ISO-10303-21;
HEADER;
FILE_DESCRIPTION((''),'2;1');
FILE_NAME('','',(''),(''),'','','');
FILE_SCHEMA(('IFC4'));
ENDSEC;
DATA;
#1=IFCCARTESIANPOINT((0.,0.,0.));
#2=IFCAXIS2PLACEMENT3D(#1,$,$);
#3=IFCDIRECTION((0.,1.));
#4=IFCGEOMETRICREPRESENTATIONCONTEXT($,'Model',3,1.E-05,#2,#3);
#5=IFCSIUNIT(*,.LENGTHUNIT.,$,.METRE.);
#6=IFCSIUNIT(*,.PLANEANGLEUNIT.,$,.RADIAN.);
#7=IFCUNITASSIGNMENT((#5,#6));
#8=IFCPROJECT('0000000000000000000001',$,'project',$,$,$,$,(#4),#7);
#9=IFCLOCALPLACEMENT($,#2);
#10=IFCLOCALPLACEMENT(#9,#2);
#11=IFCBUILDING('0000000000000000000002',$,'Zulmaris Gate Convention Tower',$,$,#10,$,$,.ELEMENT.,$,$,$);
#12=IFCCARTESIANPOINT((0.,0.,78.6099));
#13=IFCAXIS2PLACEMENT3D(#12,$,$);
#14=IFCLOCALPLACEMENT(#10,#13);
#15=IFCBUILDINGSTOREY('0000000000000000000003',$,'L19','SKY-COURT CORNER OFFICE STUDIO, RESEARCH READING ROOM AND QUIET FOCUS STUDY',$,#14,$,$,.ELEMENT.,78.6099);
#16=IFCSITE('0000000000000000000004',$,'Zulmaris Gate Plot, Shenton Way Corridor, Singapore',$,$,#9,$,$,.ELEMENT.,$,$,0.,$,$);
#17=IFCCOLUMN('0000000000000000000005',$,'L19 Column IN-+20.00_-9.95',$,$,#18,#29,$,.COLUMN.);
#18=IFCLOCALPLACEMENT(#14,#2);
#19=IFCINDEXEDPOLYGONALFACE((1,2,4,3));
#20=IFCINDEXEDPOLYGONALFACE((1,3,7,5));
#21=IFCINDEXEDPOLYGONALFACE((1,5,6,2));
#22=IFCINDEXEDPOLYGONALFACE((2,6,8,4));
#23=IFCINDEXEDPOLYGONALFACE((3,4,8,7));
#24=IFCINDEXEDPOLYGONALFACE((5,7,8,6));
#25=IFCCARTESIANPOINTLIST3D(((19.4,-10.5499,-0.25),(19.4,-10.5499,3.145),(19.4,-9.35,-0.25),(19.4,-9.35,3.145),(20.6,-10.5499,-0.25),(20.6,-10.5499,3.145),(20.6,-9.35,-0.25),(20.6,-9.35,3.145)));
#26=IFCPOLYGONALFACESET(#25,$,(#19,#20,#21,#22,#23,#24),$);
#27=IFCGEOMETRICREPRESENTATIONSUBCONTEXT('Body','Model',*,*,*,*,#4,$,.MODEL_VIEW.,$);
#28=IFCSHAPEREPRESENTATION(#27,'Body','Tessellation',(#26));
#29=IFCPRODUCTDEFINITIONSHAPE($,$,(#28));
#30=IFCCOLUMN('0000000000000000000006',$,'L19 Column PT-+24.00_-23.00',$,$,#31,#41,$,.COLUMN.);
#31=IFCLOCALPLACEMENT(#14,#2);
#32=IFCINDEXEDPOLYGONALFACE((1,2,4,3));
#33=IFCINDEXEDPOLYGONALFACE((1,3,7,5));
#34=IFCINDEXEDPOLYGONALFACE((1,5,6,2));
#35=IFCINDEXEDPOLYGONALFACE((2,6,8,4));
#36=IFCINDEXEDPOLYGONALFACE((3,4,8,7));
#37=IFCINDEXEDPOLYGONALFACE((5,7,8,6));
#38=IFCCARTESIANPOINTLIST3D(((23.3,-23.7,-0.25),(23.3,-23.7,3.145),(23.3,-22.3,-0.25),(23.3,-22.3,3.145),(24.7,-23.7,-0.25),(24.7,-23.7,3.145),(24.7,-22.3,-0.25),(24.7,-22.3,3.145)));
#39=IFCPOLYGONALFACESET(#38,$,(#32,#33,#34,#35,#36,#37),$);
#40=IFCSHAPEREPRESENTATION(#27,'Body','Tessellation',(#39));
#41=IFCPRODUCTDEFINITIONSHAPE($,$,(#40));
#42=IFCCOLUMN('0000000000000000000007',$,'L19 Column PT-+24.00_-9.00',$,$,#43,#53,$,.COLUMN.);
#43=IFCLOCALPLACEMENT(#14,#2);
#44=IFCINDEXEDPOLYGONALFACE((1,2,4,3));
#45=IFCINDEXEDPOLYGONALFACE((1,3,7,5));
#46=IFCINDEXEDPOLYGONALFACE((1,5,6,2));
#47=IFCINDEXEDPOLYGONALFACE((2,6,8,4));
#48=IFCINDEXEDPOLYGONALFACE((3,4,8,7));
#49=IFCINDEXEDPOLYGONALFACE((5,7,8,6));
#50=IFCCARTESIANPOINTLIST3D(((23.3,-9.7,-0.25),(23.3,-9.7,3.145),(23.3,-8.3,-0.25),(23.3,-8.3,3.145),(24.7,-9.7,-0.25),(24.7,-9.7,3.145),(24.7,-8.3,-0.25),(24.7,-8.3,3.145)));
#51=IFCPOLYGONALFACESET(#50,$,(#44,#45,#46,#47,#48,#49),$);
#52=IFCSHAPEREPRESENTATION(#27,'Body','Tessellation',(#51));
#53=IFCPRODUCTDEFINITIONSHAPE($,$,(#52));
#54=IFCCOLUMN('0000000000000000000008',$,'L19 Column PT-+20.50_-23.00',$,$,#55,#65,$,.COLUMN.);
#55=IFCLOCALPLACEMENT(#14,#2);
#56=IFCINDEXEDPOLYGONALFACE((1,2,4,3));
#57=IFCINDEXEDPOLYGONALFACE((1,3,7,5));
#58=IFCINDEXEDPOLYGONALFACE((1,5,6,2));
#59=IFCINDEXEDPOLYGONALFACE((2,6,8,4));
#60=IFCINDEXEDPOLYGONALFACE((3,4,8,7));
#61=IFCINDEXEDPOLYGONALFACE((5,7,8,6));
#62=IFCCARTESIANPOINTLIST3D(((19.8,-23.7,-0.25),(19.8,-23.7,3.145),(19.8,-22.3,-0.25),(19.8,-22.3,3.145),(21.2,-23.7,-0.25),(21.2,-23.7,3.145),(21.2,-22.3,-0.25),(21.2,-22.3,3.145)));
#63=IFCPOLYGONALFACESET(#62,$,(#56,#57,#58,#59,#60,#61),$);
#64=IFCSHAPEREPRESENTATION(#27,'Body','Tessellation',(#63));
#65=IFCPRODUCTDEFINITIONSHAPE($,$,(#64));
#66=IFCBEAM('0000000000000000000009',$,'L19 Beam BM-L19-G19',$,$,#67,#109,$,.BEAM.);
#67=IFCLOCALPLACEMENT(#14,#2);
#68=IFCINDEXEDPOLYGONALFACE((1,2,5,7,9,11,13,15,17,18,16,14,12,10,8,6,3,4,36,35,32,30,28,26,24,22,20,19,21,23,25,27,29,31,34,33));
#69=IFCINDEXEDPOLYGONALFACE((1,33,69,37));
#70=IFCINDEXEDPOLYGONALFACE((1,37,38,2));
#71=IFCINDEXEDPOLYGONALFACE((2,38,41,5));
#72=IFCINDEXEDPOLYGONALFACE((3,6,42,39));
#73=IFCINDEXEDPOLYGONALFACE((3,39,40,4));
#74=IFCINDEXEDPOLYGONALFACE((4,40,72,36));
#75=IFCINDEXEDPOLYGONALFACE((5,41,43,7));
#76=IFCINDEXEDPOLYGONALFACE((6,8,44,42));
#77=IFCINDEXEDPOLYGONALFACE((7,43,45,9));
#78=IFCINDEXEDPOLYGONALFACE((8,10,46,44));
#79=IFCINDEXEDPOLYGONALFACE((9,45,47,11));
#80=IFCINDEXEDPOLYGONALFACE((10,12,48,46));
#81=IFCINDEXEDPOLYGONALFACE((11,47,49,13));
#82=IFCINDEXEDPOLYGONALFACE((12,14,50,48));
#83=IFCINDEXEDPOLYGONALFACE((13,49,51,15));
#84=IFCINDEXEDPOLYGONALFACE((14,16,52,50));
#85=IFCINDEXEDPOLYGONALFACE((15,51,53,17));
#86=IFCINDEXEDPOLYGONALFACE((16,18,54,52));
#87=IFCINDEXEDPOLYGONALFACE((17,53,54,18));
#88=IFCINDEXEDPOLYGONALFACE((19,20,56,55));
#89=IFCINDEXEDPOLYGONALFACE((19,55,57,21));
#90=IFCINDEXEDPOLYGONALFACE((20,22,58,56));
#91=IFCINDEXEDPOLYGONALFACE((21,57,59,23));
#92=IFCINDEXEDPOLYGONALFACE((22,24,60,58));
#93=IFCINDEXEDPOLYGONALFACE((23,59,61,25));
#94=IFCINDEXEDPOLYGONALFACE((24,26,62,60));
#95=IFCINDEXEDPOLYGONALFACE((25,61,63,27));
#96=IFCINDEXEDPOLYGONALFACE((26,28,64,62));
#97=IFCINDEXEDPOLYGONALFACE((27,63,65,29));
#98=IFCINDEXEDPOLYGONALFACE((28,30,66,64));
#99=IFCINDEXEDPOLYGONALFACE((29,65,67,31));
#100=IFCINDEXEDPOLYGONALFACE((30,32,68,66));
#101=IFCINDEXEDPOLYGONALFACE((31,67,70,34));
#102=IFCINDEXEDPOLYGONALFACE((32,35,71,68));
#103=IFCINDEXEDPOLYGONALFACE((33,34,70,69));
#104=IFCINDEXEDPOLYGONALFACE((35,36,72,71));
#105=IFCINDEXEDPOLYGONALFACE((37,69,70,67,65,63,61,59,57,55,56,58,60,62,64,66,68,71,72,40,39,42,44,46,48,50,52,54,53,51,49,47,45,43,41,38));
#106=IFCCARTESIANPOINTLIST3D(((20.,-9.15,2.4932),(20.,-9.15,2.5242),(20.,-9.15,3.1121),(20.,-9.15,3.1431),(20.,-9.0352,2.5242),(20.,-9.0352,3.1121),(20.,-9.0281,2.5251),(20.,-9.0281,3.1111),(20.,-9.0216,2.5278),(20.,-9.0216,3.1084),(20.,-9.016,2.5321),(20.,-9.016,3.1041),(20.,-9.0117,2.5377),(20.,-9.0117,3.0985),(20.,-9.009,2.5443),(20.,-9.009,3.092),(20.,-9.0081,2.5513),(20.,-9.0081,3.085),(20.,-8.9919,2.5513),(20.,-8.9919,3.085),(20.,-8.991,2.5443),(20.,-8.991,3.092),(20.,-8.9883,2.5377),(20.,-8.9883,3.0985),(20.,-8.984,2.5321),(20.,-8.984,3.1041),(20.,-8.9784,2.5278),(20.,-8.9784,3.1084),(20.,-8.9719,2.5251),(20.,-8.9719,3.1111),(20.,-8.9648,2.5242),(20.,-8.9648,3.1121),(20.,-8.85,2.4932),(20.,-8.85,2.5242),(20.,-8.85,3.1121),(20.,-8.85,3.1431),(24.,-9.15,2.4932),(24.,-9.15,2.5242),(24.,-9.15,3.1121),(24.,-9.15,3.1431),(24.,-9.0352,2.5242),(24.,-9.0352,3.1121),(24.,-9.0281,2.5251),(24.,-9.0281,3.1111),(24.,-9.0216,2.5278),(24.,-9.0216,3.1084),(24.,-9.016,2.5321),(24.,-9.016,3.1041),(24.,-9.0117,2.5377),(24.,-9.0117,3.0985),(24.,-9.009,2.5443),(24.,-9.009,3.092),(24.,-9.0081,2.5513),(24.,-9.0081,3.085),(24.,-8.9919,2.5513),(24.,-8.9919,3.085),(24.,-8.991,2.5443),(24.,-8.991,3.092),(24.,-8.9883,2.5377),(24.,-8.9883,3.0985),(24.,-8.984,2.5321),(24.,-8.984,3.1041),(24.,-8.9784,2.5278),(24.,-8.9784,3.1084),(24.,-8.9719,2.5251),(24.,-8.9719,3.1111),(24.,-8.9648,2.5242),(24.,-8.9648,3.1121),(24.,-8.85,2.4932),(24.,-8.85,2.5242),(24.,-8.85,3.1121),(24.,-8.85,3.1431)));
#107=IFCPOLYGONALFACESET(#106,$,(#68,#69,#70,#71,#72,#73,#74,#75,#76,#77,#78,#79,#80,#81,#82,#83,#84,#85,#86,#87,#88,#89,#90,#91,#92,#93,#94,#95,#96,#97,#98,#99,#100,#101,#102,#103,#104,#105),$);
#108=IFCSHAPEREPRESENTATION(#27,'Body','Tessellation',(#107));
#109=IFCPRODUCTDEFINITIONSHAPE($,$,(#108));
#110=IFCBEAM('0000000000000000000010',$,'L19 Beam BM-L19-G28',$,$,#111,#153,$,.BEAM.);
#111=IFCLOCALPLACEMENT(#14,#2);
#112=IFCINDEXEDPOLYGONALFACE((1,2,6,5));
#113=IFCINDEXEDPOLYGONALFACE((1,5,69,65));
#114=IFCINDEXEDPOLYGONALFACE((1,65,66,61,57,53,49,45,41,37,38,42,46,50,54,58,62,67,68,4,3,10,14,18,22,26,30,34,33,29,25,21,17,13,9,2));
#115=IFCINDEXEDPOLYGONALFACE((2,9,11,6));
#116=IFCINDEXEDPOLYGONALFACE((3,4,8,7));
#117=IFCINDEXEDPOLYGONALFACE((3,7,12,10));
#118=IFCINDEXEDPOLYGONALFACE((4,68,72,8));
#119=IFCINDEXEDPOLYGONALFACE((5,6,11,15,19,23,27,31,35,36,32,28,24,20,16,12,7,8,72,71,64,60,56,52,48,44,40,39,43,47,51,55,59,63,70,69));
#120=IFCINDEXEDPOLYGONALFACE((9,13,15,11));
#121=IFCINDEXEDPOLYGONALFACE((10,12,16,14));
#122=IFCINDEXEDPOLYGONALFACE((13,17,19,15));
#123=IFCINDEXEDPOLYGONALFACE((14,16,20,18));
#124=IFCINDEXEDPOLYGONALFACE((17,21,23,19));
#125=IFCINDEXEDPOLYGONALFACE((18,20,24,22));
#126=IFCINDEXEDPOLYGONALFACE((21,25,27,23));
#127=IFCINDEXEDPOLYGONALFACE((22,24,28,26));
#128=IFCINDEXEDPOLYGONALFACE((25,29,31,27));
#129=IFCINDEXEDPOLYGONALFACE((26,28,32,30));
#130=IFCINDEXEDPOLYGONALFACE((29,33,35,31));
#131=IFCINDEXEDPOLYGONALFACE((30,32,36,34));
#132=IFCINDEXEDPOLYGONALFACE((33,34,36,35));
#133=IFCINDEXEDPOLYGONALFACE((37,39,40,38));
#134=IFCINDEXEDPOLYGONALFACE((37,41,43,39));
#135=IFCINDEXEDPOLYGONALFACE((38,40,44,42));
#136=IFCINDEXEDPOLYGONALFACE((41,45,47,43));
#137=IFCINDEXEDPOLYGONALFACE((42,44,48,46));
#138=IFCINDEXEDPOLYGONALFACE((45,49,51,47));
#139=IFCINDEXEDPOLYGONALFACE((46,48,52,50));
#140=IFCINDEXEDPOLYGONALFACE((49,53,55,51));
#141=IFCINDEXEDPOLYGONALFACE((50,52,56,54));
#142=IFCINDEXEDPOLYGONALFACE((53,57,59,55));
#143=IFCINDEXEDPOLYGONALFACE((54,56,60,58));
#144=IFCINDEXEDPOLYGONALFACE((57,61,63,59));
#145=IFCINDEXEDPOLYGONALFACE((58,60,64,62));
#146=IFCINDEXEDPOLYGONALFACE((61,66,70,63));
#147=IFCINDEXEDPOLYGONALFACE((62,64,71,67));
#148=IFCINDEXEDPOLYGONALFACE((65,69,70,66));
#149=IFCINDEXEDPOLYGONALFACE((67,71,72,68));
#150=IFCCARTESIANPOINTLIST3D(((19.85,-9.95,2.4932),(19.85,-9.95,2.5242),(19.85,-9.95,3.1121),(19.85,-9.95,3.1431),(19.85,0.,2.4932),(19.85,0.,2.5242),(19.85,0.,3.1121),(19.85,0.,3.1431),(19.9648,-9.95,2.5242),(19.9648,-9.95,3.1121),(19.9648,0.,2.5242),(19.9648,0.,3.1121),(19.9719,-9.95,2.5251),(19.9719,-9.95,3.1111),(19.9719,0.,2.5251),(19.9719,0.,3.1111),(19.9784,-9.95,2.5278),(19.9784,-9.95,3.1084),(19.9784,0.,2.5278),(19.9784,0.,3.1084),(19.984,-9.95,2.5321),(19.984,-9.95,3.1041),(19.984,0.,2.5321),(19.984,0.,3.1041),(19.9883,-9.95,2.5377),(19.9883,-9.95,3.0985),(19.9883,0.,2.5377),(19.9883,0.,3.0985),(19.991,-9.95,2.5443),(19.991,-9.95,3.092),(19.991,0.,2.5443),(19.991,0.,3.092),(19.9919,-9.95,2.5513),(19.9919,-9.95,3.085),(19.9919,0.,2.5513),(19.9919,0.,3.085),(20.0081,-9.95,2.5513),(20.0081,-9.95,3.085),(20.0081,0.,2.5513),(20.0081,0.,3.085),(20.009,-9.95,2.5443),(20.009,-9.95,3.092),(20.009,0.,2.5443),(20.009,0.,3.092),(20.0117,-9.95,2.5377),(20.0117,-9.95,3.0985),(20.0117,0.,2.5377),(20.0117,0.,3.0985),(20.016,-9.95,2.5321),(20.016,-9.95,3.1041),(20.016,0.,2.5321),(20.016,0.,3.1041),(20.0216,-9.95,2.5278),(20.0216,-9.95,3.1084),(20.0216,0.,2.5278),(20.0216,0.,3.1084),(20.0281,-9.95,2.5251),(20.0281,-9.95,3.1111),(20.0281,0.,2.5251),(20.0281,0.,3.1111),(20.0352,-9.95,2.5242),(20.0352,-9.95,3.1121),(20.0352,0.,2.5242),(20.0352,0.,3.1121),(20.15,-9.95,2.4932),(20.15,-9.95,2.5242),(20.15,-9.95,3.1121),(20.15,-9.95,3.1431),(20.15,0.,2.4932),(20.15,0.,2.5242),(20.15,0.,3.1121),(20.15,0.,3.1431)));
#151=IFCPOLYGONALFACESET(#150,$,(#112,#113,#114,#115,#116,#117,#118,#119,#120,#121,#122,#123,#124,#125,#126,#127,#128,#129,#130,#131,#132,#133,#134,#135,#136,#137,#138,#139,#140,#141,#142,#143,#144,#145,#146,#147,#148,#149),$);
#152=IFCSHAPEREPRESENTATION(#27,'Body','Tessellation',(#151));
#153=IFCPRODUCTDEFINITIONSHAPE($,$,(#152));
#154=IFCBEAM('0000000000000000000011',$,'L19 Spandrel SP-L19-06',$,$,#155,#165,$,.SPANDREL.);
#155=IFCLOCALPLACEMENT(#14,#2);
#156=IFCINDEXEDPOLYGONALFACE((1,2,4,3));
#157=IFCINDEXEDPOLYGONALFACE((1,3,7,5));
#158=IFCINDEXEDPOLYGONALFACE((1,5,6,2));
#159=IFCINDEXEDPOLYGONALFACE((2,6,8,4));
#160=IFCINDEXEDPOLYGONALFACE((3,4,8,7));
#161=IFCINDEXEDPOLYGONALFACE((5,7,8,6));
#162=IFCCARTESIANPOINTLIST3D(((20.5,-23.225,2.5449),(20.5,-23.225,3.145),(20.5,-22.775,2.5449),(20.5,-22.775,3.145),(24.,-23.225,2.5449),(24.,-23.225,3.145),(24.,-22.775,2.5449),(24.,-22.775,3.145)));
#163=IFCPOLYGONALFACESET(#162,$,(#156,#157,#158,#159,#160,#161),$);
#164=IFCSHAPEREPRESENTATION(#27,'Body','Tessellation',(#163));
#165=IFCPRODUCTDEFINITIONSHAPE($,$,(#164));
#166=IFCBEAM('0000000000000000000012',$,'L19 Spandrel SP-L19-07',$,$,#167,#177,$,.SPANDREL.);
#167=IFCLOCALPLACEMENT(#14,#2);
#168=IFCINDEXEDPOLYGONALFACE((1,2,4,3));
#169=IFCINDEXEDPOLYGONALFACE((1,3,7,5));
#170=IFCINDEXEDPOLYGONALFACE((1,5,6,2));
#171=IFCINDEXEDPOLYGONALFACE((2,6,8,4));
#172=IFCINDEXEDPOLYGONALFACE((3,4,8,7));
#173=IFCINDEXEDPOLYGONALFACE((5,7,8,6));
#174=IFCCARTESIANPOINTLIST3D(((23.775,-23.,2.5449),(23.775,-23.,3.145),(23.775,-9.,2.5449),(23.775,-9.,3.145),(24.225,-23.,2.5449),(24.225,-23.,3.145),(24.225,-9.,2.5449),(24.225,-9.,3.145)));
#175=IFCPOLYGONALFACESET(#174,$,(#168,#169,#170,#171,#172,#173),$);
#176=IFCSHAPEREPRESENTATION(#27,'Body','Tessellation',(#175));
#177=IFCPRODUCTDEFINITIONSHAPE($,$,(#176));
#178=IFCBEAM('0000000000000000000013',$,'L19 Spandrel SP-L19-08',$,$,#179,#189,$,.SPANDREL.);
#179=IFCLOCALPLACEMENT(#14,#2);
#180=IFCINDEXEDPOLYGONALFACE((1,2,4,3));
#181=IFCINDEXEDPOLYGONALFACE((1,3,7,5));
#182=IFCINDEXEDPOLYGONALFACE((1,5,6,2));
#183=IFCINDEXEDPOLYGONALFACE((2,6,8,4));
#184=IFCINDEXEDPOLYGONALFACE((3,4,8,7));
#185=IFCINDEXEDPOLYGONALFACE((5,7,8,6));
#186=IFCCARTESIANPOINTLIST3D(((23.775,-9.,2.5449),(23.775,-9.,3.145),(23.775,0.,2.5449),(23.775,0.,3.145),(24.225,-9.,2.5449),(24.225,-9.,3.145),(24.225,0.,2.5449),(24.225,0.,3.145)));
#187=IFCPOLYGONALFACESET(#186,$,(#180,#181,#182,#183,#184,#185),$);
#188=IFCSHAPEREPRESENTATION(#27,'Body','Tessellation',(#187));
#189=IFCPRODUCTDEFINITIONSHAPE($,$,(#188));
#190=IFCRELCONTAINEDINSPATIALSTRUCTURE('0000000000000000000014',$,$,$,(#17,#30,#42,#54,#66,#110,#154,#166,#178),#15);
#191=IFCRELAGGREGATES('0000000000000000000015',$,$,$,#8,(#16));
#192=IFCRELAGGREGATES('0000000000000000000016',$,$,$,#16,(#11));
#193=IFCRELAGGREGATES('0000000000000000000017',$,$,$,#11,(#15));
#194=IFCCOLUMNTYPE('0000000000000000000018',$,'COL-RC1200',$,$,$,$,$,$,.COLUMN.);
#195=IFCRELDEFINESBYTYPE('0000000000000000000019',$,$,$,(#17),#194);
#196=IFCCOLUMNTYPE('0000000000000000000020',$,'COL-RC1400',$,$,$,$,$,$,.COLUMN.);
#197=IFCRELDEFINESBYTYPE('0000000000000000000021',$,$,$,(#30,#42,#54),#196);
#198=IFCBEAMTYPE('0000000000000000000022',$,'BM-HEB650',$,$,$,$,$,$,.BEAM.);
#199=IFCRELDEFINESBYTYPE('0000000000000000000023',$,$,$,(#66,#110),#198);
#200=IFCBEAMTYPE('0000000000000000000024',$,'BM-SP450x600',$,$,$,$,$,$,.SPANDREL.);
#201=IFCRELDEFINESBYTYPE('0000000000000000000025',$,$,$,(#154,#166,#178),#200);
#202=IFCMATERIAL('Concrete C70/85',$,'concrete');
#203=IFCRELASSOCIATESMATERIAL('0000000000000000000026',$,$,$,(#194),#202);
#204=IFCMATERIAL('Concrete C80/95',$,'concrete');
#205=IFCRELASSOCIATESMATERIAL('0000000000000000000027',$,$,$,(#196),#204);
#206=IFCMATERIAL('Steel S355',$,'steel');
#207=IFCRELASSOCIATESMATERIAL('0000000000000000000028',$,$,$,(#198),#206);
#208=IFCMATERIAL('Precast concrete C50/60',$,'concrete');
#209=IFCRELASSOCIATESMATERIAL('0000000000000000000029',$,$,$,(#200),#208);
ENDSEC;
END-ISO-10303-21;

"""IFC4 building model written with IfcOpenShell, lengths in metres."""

from ifc_helpers import new_model, si_unit, direction, frame, origin, origin_2d, place, context, subcontext, project, spatial, rectangle, i_section, extrude, material, material_profile, profile_set, type_object, element, save


model = new_model("IFC4")

# Units and contexts
model_context = context("Model", 3, precision=1e-05, world=origin(), true_north=direction((0.0, 1.0)))
body_context = subcontext(model_context, "Body", "Model", "MODEL_VIEW")
ifc_project = project(units=[si_unit("LENGTHUNIT", "METRE"), si_unit("PLANEANGLEUNIT", "RADIAN")], contexts=[model_context])

# Site, building, storey
site_placement = place(None, origin())
site = spatial("IfcSite", under=ifc_project, at=site_placement, Name="Zulmaris Gate Plot, Shenton Way Corridor, Singapore", CompositionType="ELEMENT", RefElevation=0.0)
building_placement = place(site_placement, origin())
building = spatial("IfcBuilding", under=site, at=building_placement, Name="Zulmaris Gate Convention Tower", CompositionType="ELEMENT")
storey_placement = place(building_placement, frame((0.0, 0.0, 78.6099)))
storey = spatial("IfcBuildingStorey", under=building, at=storey_placement, Name="L19", Description="SKY-COURT CORNER OFFICE STUDIO, RESEARCH READING ROOM AND QUIET FOCUS STUDY", CompositionType="ELEMENT", Elevation=78.6099)

# Columns
ifc_material_1 = material(Name="Concrete C70/85", Category="concrete")
ifc_material_profile_1 = material_profile(ifc_material_1, rectangle(XDim=1.2, YDim=1.2, at=origin_2d()), Name="RC COL 1200x1200")
ifc_profile_set_1 = profile_set([ifc_material_profile_1], Name="Concrete C70/85")
column_type_1 = type_object("IfcColumnType", Name="COL-RC1200", PredefinedType="COLUMN", material=ifc_profile_set_1)
column_placement = place(storey_placement, frame((20.0, -9.95, -0.25), z_axis=(0.0, 0.0, 1.0), x_axis=(1.0, 0.0, 0.0)))
element("IfcColumn", 1, at=column_placement, inside=storey, type_object=column_type_1, Name="L19 Column IN-+20.00_-9.95", PredefinedType="COLUMN", context=body_context, shape_type="SweptSolid", body=[
    extrude(rectangle(XDim=1.2, YDim=1.2, at=origin_2d()), origin(), (0.0, 0.0, 1.0), 3.395),
])
ifc_material_2 = material(Name="Concrete C80/95", Category="concrete")
ifc_material_profile_2 = material_profile(ifc_material_2, rectangle(XDim=1.3999, YDim=1.3999, at=origin_2d()), Name="RC COL 1400x1400")
ifc_profile_set_2 = profile_set([ifc_material_profile_2], Name="Concrete C80/95")
column_type_2 = type_object("IfcColumnType", Name="COL-RC1400", PredefinedType="COLUMN", material=ifc_profile_set_2)
for number, where, z_axis, x_axis, name in (
    (2, (24.0, -23.0, -0.25), (0.0, 0.0, 1.0), (1.0, 0.0, 0.0), "L19 Column PT-+24.00_-23.00"),
    (3, (24.0, -9.0, -0.25), (0.0, 0.0, 1.0), (1.0, 0.0, 0.0), "L19 Column PT-+24.00_-9.00"),
    (4, (20.5, -23.0, -0.25), (0.0, 0.0, 1.0), (1.0, 0.0, 0.0), "L19 Column PT-+20.50_-23.00"),
):
    element("IfcColumn", number, at=place(storey_placement, frame(where, z_axis=z_axis, x_axis=x_axis)), inside=storey, type_object=column_type_2, Name=name, PredefinedType="COLUMN", context=body_context, shape_type="SweptSolid", body=[
        extrude(rectangle(XDim=1.3999, YDim=1.3999, at=origin_2d()), origin(), (0.0, 0.0, 1.0), 3.395),
    ])

# Beams
ifc_material_3 = material(Name="Steel S355", Category="steel")
ifc_material_profile_3 = material_profile(ifc_material_3, i_section(OverallWidth=0.3, OverallDepth=0.6499, WebThickness=0.0161, FlangeThickness=0.031, FilletRadius=0.0271, at=origin_2d()), Name="HEB 650")
ifc_profile_set_3 = profile_set([ifc_material_profile_3], Name="Steel S355")
beam_type_1 = type_object("IfcBeamType", Name="BM-HEB650", PredefinedType="BEAM", material=ifc_profile_set_3)
beam_1_placement = place(storey_placement, frame((20.0, -9.0, 2.8181), z_axis=(1.0, 0.0, 0.0), x_axis=(0.0, 1.0, 0.0)))
element("IfcBeam", 5, at=beam_1_placement, inside=storey, type_object=beam_type_1, Name="L19 Beam BM-L19-G19", PredefinedType="BEAM", context=body_context, shape_type="SweptSolid", body=[
    extrude(i_section(OverallWidth=0.3, OverallDepth=0.6499, WebThickness=0.0161, FlangeThickness=0.031, FilletRadius=0.0271, at=origin_2d()), origin(), (0.0, 0.0, 1.0), 4.0),
])
beam_2_placement = place(storey_placement, frame((20.0, -9.95, 2.8181), z_axis=(0.0, 1.0, 0.0), x_axis=(-1.0, 0.0, 0.0)))
element("IfcBeam", 6, at=beam_2_placement, inside=storey, type_object=beam_type_1, Name="L19 Beam BM-L19-G28", PredefinedType="BEAM", context=body_context, shape_type="SweptSolid", body=[
    extrude(i_section(OverallWidth=0.3, OverallDepth=0.6499, WebThickness=0.0161, FlangeThickness=0.031, FilletRadius=0.0271, at=origin_2d()), origin(), (0.0, 0.0, 1.0), 9.95),
])
ifc_material_4 = material(Name="Precast concrete C50/60", Category="concrete")
ifc_material_profile_4 = material_profile(ifc_material_4, rectangle(XDim=0.45, YDim=0.6001, at=origin_2d()), Name="RC SPANDREL 450x600")
ifc_profile_set_4 = profile_set([ifc_material_profile_4], Name="Precast concrete C50/60")
beam_type_2 = type_object("IfcBeamType", Name="BM-SP450x600", PredefinedType="SPANDREL", material=ifc_profile_set_4)
beam_3_placement = place(storey_placement, frame((20.5, -23.0, 2.845), z_axis=(1.0, 0.0, 0.0), x_axis=(0.0, 1.0, 0.0)))
element("IfcBeam", 7, at=beam_3_placement, inside=storey, type_object=beam_type_2, Name="L19 Spandrel SP-L19-06", PredefinedType="SPANDREL", context=body_context, shape_type="SweptSolid", body=[
    extrude(rectangle(XDim=0.45, YDim=0.6001, at=origin_2d()), origin(), (0.0, 0.0, 1.0), 3.5),
])
beam_4_placement = place(storey_placement, frame((24.0, -23.0, 2.845), z_axis=(0.0, 1.0, 0.0), x_axis=(-1.0, 0.0, 0.0)))
element("IfcBeam", 8, at=beam_4_placement, inside=storey, type_object=beam_type_2, Name="L19 Spandrel SP-L19-07", PredefinedType="SPANDREL", context=body_context, shape_type="SweptSolid", body=[
    extrude(rectangle(XDim=0.45, YDim=0.6001, at=origin_2d()), origin(), (0.0, 0.0, 1.0), 14.0),
])
beam_5_placement = place(storey_placement, frame((24.0, -9.0, 2.845), z_axis=(0.0, 1.0, 0.0), x_axis=(-1.0, 0.0, 0.0)))
element("IfcBeam", 9, at=beam_5_placement, inside=storey, type_object=beam_type_2, Name="L19 Spandrel SP-L19-08", PredefinedType="SPANDREL", context=body_context, shape_type="SweptSolid", body=[
    extrude(rectangle(XDim=0.45, YDim=0.6001, at=origin_2d()), origin(), (0.0, 0.0, 1.0), 9.0),
])

save(model, "model.ifc")
